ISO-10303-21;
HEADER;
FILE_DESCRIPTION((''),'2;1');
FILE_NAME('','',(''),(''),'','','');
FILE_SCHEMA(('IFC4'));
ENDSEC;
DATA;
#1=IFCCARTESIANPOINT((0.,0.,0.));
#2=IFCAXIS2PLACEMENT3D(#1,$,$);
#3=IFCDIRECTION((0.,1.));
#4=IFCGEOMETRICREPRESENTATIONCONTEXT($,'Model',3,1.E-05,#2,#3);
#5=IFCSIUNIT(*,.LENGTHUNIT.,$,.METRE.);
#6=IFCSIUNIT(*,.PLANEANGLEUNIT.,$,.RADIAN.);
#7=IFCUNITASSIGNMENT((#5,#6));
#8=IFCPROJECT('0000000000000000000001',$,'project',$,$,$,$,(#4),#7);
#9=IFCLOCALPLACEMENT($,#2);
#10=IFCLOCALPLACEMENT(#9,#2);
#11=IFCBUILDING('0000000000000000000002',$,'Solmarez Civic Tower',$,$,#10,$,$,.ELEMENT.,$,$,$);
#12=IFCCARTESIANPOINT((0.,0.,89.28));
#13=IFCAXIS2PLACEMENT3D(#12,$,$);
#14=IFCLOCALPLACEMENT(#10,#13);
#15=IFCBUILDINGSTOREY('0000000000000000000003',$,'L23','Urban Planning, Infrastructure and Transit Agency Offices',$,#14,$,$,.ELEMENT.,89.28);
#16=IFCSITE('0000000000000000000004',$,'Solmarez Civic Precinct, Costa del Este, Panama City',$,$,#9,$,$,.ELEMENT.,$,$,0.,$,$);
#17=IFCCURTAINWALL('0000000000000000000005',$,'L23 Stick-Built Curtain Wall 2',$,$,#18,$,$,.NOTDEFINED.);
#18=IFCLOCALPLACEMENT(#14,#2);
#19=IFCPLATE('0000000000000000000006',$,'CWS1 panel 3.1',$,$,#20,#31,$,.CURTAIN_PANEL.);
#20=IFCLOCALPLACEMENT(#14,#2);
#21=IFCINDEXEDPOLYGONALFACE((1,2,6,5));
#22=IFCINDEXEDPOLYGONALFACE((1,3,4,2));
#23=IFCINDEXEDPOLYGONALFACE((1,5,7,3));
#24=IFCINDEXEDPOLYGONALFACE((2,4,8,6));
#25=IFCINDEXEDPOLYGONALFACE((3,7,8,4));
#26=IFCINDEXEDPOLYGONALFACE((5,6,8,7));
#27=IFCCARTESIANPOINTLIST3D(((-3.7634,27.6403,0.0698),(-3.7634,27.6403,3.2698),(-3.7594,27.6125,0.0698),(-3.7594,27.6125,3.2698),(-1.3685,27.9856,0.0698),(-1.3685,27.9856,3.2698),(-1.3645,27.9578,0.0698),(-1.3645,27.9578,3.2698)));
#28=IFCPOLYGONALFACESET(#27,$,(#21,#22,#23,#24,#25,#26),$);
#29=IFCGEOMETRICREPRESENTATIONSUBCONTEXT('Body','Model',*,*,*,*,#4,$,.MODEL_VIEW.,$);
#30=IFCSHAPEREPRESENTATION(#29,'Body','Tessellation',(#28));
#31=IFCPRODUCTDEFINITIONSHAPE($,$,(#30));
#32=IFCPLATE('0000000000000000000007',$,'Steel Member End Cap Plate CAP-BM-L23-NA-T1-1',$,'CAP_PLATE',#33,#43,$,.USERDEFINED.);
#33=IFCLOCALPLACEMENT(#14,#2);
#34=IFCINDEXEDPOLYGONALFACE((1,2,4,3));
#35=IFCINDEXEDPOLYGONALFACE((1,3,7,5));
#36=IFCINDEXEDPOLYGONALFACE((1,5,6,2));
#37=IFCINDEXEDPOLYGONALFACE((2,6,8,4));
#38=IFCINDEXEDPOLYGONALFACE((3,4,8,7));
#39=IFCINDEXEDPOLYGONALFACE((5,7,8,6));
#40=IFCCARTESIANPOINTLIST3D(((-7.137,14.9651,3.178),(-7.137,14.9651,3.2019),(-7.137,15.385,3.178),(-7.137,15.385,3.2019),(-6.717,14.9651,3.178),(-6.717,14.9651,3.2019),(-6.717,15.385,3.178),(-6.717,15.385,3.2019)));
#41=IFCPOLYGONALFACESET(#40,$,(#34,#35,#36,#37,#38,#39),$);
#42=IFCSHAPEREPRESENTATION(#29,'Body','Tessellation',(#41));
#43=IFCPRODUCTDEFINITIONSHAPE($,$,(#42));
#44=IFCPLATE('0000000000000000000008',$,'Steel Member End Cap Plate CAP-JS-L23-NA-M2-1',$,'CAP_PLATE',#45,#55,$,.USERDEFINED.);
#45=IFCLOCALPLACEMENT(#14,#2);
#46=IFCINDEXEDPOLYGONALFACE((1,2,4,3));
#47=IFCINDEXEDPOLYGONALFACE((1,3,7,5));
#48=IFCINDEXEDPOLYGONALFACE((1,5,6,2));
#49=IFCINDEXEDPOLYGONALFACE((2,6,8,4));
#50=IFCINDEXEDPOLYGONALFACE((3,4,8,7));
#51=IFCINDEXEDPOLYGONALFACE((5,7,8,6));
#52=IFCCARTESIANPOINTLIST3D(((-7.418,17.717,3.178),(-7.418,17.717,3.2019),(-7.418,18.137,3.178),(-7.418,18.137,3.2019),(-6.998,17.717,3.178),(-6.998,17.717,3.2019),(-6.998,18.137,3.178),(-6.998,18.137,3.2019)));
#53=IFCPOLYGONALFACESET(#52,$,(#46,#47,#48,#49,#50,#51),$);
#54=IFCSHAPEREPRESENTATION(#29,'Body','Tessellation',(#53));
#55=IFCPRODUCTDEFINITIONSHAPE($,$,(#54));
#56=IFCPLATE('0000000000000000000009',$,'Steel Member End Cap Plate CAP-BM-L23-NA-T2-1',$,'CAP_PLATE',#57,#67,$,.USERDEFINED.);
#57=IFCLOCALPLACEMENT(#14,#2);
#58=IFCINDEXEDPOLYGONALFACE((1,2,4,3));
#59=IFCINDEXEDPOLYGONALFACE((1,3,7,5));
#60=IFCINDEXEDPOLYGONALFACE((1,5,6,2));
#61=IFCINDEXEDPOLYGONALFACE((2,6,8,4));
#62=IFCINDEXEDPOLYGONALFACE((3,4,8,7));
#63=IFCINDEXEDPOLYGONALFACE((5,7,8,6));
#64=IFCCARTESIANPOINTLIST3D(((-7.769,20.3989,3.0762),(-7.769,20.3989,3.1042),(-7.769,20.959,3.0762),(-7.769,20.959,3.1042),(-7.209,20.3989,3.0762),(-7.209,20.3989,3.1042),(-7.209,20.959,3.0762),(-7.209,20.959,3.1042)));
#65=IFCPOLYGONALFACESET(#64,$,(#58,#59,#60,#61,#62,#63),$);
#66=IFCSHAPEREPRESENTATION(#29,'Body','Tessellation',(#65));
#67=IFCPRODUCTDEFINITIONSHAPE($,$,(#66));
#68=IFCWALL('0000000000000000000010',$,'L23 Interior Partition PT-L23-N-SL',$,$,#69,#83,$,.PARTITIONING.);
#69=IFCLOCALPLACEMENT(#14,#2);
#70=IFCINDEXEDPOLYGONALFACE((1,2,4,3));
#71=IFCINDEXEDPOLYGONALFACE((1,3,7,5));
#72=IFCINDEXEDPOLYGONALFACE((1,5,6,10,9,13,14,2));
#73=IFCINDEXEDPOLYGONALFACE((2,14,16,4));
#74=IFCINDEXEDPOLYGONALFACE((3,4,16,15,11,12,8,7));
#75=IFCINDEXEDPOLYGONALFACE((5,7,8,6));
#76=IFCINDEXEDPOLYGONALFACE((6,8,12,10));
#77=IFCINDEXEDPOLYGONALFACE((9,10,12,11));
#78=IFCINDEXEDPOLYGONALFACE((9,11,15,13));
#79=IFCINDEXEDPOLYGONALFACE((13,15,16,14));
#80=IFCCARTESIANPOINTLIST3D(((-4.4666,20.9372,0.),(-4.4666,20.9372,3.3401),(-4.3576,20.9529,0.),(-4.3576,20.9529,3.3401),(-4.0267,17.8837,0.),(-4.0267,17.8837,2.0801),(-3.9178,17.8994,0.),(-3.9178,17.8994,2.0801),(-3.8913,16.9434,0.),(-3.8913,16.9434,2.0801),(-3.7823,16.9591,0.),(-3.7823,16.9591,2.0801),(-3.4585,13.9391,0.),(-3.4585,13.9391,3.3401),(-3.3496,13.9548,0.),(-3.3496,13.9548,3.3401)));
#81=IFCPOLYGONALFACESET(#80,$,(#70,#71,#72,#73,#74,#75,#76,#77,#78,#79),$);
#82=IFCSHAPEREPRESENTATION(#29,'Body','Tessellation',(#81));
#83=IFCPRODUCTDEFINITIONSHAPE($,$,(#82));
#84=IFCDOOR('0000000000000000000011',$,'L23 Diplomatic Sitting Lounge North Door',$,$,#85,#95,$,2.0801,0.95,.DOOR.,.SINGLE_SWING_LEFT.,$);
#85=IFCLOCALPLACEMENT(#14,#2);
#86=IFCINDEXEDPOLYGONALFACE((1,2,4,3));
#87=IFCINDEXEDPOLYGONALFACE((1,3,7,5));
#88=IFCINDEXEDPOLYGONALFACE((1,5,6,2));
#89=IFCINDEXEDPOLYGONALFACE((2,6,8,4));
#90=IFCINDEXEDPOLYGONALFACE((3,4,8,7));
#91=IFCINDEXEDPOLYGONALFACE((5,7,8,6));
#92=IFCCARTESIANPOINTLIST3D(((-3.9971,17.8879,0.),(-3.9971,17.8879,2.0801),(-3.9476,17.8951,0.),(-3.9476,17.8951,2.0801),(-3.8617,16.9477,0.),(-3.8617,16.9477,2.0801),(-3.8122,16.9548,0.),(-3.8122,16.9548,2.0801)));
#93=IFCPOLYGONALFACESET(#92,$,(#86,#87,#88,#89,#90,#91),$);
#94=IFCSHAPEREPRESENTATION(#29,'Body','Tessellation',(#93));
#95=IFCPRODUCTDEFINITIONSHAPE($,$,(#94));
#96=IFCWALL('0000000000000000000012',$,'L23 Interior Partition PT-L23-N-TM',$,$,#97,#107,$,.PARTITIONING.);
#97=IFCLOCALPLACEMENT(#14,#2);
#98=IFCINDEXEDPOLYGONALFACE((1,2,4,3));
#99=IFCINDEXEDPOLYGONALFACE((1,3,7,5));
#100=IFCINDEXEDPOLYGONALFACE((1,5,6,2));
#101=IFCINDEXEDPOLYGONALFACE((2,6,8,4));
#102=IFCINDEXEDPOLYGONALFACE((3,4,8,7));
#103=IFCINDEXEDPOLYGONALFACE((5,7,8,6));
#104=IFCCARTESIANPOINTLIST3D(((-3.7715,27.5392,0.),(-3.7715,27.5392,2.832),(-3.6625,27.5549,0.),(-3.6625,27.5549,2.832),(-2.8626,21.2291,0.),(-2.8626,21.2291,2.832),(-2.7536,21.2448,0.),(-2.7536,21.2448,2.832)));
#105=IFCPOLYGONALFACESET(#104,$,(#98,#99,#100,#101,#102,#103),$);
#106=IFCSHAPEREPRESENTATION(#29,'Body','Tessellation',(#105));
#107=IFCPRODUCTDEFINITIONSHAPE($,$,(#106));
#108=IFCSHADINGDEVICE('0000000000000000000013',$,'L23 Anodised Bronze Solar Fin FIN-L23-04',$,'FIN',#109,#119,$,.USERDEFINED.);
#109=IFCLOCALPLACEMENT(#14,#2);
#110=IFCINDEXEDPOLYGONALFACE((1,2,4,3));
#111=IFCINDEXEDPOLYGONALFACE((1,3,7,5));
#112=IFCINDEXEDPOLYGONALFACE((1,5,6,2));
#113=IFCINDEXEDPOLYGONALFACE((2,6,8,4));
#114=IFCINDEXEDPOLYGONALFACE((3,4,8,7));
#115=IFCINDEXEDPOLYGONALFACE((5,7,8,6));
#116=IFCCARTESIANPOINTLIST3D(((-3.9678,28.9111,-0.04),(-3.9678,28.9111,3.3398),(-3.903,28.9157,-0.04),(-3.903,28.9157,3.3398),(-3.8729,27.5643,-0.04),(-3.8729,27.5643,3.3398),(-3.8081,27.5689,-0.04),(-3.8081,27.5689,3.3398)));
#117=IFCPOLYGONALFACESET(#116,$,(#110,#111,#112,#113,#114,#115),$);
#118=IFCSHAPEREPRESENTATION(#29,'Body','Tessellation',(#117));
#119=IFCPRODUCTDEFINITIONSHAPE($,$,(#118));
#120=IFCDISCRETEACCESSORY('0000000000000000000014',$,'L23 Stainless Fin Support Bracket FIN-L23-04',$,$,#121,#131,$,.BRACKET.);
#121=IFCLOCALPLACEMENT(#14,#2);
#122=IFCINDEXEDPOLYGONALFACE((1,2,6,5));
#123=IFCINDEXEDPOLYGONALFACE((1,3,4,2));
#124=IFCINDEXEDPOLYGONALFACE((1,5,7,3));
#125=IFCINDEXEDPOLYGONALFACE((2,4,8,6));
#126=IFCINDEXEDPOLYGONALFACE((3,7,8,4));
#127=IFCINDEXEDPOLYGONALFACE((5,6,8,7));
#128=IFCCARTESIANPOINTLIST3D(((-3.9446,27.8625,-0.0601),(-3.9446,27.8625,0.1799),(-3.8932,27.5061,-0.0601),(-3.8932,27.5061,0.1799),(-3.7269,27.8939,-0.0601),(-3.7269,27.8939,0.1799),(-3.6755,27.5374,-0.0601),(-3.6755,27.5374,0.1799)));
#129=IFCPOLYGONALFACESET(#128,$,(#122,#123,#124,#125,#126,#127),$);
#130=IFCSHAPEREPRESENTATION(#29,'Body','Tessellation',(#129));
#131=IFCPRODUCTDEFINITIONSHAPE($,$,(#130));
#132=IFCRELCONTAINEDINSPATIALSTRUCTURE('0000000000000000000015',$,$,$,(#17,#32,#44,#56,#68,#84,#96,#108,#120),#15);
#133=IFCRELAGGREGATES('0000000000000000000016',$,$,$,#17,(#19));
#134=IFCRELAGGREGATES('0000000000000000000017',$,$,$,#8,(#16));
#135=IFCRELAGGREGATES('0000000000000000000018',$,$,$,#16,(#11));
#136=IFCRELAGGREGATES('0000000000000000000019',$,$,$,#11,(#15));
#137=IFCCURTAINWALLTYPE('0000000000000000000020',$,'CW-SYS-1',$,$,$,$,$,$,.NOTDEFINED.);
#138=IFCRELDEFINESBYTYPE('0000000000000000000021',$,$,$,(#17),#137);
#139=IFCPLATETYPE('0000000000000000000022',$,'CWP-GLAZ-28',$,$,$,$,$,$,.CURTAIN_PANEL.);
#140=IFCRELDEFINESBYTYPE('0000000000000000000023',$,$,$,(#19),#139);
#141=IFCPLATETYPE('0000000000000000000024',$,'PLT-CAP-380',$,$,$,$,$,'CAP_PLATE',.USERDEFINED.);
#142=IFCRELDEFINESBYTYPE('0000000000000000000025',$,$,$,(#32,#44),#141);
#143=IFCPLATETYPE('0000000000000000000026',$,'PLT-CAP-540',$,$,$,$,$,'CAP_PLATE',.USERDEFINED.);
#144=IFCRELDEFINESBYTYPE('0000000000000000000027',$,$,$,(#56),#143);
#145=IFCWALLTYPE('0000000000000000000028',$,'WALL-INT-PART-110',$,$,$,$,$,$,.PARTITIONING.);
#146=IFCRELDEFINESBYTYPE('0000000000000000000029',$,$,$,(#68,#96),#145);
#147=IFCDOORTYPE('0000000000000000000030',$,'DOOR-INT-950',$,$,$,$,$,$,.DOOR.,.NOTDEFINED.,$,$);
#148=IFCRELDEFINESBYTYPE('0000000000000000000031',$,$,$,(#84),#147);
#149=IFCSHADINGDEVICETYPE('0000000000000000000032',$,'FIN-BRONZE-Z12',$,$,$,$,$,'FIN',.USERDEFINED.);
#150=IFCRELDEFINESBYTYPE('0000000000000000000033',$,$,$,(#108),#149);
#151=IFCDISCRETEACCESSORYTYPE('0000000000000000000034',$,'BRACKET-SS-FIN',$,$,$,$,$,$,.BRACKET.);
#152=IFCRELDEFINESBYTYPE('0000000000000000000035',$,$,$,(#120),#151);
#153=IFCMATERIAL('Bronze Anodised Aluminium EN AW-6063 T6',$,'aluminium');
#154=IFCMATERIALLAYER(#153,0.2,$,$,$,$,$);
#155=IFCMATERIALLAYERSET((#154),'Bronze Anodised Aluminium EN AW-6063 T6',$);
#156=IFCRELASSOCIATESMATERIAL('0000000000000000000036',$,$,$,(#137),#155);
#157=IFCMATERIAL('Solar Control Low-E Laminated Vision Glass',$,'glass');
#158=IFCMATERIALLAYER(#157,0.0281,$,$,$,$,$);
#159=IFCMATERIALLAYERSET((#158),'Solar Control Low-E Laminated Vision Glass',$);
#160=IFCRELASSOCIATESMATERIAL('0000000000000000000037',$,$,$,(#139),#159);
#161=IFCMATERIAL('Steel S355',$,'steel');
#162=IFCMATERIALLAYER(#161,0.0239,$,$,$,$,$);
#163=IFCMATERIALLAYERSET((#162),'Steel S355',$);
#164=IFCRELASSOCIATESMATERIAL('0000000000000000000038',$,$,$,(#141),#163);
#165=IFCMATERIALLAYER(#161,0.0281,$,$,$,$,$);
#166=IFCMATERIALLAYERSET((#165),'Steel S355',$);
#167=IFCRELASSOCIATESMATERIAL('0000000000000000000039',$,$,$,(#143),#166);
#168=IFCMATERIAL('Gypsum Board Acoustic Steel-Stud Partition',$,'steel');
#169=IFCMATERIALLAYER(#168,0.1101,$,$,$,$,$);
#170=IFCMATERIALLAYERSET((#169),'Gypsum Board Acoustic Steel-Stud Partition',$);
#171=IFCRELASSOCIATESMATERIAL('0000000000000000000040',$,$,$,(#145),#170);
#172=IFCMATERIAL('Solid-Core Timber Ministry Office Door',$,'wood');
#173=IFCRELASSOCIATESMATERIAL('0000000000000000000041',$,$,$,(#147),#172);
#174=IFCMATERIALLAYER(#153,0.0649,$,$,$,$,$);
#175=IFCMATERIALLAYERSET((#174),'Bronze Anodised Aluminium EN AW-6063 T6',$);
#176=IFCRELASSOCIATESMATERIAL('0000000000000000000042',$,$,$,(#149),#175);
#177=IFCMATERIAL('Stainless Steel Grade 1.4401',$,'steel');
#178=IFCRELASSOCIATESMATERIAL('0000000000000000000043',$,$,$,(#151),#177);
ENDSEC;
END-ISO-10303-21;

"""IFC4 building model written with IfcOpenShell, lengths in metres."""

from ifc_helpers import new_model, si_unit, direction, frame, frame_2d, origin, origin_2d, place, context, subcontext, project, spatial, rectangle, extrude, material, layer, layer_set, type_object, element, fill, aggregate, save


model = new_model("IFC4")

# Units and contexts
model_context = context("Model", 3, precision=1e-05, world=origin(), true_north=direction((0.0, 1.0)))
body_context = subcontext(model_context, "Body", "Model", "MODEL_VIEW")
ifc_project = project(units=[si_unit("LENGTHUNIT", "METRE"), si_unit("PLANEANGLEUNIT", "RADIAN")], contexts=[model_context])

# Site, building, storey
site_placement = place(None, origin())
site = spatial("IfcSite", under=ifc_project, at=site_placement, Name="Solmarez Civic Precinct, Costa del Este, Panama City", CompositionType="ELEMENT", RefElevation=0.0)
building_placement = place(site_placement, origin())
building = spatial("IfcBuilding", under=site, at=building_placement, Name="Solmarez Civic Tower", CompositionType="ELEMENT")
storey_placement = place(building_placement, frame((0.0, 0.0, 89.28)))
storey = spatial("IfcBuildingStorey", under=building, at=storey_placement, Name="L23", Description="Urban Planning, Infrastructure and Transit Agency Offices", CompositionType="ELEMENT", Elevation=89.28)

# Shared definitions
ifc_material_1 = material(Name="Steel S355", Category="steel")

# Curtain wall, plate
ifc_material_2 = material(Name="Bronze Anodised Aluminium EN AW-6063 T6", Category="aluminium")
ifc_layer_1 = layer(ifc_material_2, 0.2)
ifc_layer_set_1 = layer_set([ifc_layer_1], Name="Bronze Anodised Aluminium EN AW-6063 T6")
curtain_wall_type = type_object("IfcCurtainWallType", Name="CW-SYS-1", PredefinedType="NOTDEFINED", material=ifc_layer_set_1)
curtain_wall_placement = place(storey_placement, origin())
curtain_wall = element("IfcCurtainWall", 1, at=curtain_wall_placement, inside=storey, type_object=curtain_wall_type, Name="L23 Stick-Built Curtain Wall 2", PredefinedType="NOTDEFINED")
ifc_material_3 = material(Name="Solar Control Low-E Laminated Vision Glass", Category="glass")
ifc_layer_2 = layer(ifc_material_3, 0.0281)
ifc_layer_set_2 = layer_set([ifc_layer_2], Name="Solar Control Low-E Laminated Vision Glass")
plate_type_1 = type_object("IfcPlateType", Name="CWP-GLAZ-28", PredefinedType="CURTAIN_PANEL", material=ifc_layer_set_2)
plate_1_placement = place(storey_placement, frame((-2.564, 27.7991, 0.0698), z_axis=(0.0, 0.0, 1.0), x_axis=(0.989766, 0.142698, 0.0)))
plate_1 = element("IfcPlate", 2, at=plate_1_placement, type_object=plate_type_1, Name="CWS1 panel 3.1", PredefinedType="CURTAIN_PANEL", context=body_context, shape_type="SweptSolid", body=[
    extrude(rectangle(XDim=2.4197, YDim=0.0281, at=origin_2d()), origin(), (0.0, 0.0, 1.0), 3.2),
])
aggregate(curtain_wall, [plate_1])

# Plates
ifc_layer_3 = layer(ifc_material_1, 0.0239)
ifc_layer_set_3 = layer_set([ifc_layer_3], Name="Steel S355")
plate_type_2 = type_object("IfcPlateType", Name="PLT-CAP-380", ElementType="CAP_PLATE", PredefinedType="USERDEFINED", material=ifc_layer_set_3)
for number, where, z_axis, x_axis, name in (
    (3, (-6.927, 15.175, 3.178), (0.0, 0.0, 1.0), (1.0, 0.0, 0.0), "Steel Member End Cap Plate CAP-BM-L23-NA-T1-1"),
    (4, (-7.208, 17.927, 3.178), (0.0, 0.0, 1.0), (1.0, 0.0, 0.0), "Steel Member End Cap Plate CAP-JS-L23-NA-M2-1"),
):
    element("IfcPlate", number, at=place(storey_placement, frame(where, z_axis=z_axis, x_axis=x_axis)), inside=storey, type_object=plate_type_2, Name=name, ObjectType="CAP_PLATE", PredefinedType="USERDEFINED", context=body_context, shape_type="SweptSolid", body=[
        extrude(rectangle(XDim=0.4199, YDim=0.4199, at=origin_2d()), origin(), (0.0, 0.0, 1.0), 0.0239),
    ])
ifc_layer_4 = layer(ifc_material_1, 0.0281)
ifc_layer_set_4 = layer_set([ifc_layer_4], Name="Steel S355")
plate_type_3 = type_object("IfcPlateType", Name="PLT-CAP-540", ElementType="CAP_PLATE", PredefinedType="USERDEFINED", material=ifc_layer_set_4)
plate_2_placement = place(storey_placement, frame((-7.489, 20.679, 3.0762), z_axis=(0.0, 0.0, 1.0), x_axis=(1.0, 0.0, 0.0)))
element("IfcPlate", 5, at=plate_2_placement, inside=storey, type_object=plate_type_3, Name="Steel Member End Cap Plate CAP-BM-L23-NA-T2-1", ObjectType="CAP_PLATE", PredefinedType="USERDEFINED", context=body_context, shape_type="SweptSolid", body=[
    extrude(rectangle(XDim=0.5601, YDim=0.5601, at=origin_2d()), origin(), (0.0, 0.0, 1.0), 0.0281),
])

# Wall, opening, door
ifc_material_4 = material(Name="Gypsum Board Acoustic Steel-Stud Partition", Category="steel")
ifc_layer_5 = layer(ifc_material_4, 0.1101)
ifc_layer_set_5 = layer_set([ifc_layer_5], Name="Gypsum Board Acoustic Steel-Stud Partition")
wall_type = type_object("IfcWallType", Name="WALL-INT-PART-110", PredefinedType="PARTITIONING", material=ifc_layer_set_5)
wall_1_placement = place(storey_placement, frame((-4.4121, 20.9451, 0.0), z_axis=(0.0, 0.0, 1.0), x_axis=(0.142577, -0.989784, 0.0)))
wall_1 = element("IfcWall", 6, at=wall_1_placement, inside=storey, type_object=wall_type, Name="L23 Interior Partition PT-L23-N-SL", PredefinedType="PARTITIONING", context=body_context, shape_type="SweptSolid", body=[
    extrude(rectangle(XDim=7.0703, YDim=0.1101, at=frame_2d((3.5352, 0.0))), origin(), (0.0, 0.0, 1.0), 3.3401),
])
opening_placement = place(wall_1_placement, frame((3.085, 0.0, 0.0)))
opening = element("IfcOpeningElement", 7, at=opening_placement, cuts=wall_1, PredefinedType="OPENING", context=body_context, shape_type="SweptSolid", body=[
    extrude(rectangle(XDim=0.95, YDim=2.0801, at=frame_2d((0.4751, 1.04))), frame((0.0, 0.0649, 0.0), z_axis=(0.0, -1.0, 0.0), x_axis=(1.0, 0.0, 0.0)), (0.0, 0.0, 1.0), 0.1301),
])
ifc_material_5 = material(Name="Solid-Core Timber Ministry Office Door", Category="wood")
door_type = type_object("IfcDoorType", Name="DOOR-INT-950", OperationType="NOTDEFINED", PredefinedType="DOOR", material=ifc_material_5)
door_placement = place(opening_placement, origin())
door = element("IfcDoor", 8, at=door_placement, inside=storey, type_object=door_type, Name="L23 Diplomatic Sitting Lounge North Door", OperationType="SINGLE_SWING_LEFT", OverallHeight=2.0801, OverallWidth=0.95, PredefinedType="DOOR", context=body_context, shape_type="SweptSolid", body=[
    extrude(rectangle(XDim=0.95, YDim=2.0801, at=frame_2d((0.4751, 1.04))), frame((0.0, 0.0249, 0.0), z_axis=(0.0, -1.0, 0.0), x_axis=(1.0, 0.0, 0.0)), (0.0, 0.0, 1.0), 0.05),
])
fill(opening, door)

# Wall
wall_2_placement = place(storey_placement, frame((-2.8081, 21.2371, 0.0), z_axis=(0.0, 0.0, 1.0), x_axis=(-0.142574, 0.989784, 0.0)))
element("IfcWall", 9, at=wall_2_placement, inside=storey, type_object=wall_type, Name="L23 Interior Partition PT-L23-N-TM", PredefinedType="PARTITIONING", context=body_context, shape_type="SweptSolid", body=[
    extrude(rectangle(XDim=6.3752, YDim=0.1101, at=frame_2d((3.1875, 0.0))), origin(), (0.0, 0.0, 1.0), 2.832),
])

# Shading device
ifc_layer_6 = layer(ifc_material_2, 0.0649)
ifc_layer_set_6 = layer_set([ifc_layer_6], Name="Bronze Anodised Aluminium EN AW-6063 T6")
shading_device_type = type_object("IfcShadingDeviceType", Name="FIN-BRONZE-Z12", ElementType="FIN", PredefinedType="USERDEFINED", material=ifc_layer_set_6)
shading_device_placement = place(storey_placement, frame((-3.8879, 28.24, -0.04), z_axis=(0.0, 0.0, 1.0), x_axis=(-0.070296, 0.997526, 0.0)))
element("IfcShadingDevice", 10, at=shading_device_placement, inside=storey, type_object=shading_device_type, Name="L23 Anodised Bronze Solar Fin FIN-L23-04", ObjectType="FIN", PredefinedType="USERDEFINED", context=body_context, shape_type="SweptSolid", body=[
    extrude(rectangle(XDim=1.3501, YDim=0.0649, at=origin_2d()), origin(), (0.0, 0.0, 1.0), 3.3799),
])

# Discrete accessory
ifc_material_6 = material(Name="Stainless Steel Grade 1.4401", Category="steel")
discrete_accessory_type = type_object("IfcDiscreteAccessoryType", Name="BRACKET-SS-FIN", PredefinedType="BRACKET", material=ifc_material_6)
discrete_accessory_placement = place(storey_placement, frame((-3.8101, 27.7, -0.0601), z_axis=(0.0, 0.0, 1.0), x_axis=(-0.14262, 0.989778, 0.0)))
element("IfcDiscreteAccessory", 11, at=discrete_accessory_placement, inside=storey, type_object=discrete_accessory_type, Name="L23 Stainless Fin Support Bracket FIN-L23-04", PredefinedType="BRACKET", context=body_context, shape_type="SweptSolid", body=[
    extrude(rectangle(XDim=0.3601, YDim=0.22, at=origin_2d()), origin(), (0.0, 0.0, 1.0), 0.24),
])

save(model, "model.ifc")
